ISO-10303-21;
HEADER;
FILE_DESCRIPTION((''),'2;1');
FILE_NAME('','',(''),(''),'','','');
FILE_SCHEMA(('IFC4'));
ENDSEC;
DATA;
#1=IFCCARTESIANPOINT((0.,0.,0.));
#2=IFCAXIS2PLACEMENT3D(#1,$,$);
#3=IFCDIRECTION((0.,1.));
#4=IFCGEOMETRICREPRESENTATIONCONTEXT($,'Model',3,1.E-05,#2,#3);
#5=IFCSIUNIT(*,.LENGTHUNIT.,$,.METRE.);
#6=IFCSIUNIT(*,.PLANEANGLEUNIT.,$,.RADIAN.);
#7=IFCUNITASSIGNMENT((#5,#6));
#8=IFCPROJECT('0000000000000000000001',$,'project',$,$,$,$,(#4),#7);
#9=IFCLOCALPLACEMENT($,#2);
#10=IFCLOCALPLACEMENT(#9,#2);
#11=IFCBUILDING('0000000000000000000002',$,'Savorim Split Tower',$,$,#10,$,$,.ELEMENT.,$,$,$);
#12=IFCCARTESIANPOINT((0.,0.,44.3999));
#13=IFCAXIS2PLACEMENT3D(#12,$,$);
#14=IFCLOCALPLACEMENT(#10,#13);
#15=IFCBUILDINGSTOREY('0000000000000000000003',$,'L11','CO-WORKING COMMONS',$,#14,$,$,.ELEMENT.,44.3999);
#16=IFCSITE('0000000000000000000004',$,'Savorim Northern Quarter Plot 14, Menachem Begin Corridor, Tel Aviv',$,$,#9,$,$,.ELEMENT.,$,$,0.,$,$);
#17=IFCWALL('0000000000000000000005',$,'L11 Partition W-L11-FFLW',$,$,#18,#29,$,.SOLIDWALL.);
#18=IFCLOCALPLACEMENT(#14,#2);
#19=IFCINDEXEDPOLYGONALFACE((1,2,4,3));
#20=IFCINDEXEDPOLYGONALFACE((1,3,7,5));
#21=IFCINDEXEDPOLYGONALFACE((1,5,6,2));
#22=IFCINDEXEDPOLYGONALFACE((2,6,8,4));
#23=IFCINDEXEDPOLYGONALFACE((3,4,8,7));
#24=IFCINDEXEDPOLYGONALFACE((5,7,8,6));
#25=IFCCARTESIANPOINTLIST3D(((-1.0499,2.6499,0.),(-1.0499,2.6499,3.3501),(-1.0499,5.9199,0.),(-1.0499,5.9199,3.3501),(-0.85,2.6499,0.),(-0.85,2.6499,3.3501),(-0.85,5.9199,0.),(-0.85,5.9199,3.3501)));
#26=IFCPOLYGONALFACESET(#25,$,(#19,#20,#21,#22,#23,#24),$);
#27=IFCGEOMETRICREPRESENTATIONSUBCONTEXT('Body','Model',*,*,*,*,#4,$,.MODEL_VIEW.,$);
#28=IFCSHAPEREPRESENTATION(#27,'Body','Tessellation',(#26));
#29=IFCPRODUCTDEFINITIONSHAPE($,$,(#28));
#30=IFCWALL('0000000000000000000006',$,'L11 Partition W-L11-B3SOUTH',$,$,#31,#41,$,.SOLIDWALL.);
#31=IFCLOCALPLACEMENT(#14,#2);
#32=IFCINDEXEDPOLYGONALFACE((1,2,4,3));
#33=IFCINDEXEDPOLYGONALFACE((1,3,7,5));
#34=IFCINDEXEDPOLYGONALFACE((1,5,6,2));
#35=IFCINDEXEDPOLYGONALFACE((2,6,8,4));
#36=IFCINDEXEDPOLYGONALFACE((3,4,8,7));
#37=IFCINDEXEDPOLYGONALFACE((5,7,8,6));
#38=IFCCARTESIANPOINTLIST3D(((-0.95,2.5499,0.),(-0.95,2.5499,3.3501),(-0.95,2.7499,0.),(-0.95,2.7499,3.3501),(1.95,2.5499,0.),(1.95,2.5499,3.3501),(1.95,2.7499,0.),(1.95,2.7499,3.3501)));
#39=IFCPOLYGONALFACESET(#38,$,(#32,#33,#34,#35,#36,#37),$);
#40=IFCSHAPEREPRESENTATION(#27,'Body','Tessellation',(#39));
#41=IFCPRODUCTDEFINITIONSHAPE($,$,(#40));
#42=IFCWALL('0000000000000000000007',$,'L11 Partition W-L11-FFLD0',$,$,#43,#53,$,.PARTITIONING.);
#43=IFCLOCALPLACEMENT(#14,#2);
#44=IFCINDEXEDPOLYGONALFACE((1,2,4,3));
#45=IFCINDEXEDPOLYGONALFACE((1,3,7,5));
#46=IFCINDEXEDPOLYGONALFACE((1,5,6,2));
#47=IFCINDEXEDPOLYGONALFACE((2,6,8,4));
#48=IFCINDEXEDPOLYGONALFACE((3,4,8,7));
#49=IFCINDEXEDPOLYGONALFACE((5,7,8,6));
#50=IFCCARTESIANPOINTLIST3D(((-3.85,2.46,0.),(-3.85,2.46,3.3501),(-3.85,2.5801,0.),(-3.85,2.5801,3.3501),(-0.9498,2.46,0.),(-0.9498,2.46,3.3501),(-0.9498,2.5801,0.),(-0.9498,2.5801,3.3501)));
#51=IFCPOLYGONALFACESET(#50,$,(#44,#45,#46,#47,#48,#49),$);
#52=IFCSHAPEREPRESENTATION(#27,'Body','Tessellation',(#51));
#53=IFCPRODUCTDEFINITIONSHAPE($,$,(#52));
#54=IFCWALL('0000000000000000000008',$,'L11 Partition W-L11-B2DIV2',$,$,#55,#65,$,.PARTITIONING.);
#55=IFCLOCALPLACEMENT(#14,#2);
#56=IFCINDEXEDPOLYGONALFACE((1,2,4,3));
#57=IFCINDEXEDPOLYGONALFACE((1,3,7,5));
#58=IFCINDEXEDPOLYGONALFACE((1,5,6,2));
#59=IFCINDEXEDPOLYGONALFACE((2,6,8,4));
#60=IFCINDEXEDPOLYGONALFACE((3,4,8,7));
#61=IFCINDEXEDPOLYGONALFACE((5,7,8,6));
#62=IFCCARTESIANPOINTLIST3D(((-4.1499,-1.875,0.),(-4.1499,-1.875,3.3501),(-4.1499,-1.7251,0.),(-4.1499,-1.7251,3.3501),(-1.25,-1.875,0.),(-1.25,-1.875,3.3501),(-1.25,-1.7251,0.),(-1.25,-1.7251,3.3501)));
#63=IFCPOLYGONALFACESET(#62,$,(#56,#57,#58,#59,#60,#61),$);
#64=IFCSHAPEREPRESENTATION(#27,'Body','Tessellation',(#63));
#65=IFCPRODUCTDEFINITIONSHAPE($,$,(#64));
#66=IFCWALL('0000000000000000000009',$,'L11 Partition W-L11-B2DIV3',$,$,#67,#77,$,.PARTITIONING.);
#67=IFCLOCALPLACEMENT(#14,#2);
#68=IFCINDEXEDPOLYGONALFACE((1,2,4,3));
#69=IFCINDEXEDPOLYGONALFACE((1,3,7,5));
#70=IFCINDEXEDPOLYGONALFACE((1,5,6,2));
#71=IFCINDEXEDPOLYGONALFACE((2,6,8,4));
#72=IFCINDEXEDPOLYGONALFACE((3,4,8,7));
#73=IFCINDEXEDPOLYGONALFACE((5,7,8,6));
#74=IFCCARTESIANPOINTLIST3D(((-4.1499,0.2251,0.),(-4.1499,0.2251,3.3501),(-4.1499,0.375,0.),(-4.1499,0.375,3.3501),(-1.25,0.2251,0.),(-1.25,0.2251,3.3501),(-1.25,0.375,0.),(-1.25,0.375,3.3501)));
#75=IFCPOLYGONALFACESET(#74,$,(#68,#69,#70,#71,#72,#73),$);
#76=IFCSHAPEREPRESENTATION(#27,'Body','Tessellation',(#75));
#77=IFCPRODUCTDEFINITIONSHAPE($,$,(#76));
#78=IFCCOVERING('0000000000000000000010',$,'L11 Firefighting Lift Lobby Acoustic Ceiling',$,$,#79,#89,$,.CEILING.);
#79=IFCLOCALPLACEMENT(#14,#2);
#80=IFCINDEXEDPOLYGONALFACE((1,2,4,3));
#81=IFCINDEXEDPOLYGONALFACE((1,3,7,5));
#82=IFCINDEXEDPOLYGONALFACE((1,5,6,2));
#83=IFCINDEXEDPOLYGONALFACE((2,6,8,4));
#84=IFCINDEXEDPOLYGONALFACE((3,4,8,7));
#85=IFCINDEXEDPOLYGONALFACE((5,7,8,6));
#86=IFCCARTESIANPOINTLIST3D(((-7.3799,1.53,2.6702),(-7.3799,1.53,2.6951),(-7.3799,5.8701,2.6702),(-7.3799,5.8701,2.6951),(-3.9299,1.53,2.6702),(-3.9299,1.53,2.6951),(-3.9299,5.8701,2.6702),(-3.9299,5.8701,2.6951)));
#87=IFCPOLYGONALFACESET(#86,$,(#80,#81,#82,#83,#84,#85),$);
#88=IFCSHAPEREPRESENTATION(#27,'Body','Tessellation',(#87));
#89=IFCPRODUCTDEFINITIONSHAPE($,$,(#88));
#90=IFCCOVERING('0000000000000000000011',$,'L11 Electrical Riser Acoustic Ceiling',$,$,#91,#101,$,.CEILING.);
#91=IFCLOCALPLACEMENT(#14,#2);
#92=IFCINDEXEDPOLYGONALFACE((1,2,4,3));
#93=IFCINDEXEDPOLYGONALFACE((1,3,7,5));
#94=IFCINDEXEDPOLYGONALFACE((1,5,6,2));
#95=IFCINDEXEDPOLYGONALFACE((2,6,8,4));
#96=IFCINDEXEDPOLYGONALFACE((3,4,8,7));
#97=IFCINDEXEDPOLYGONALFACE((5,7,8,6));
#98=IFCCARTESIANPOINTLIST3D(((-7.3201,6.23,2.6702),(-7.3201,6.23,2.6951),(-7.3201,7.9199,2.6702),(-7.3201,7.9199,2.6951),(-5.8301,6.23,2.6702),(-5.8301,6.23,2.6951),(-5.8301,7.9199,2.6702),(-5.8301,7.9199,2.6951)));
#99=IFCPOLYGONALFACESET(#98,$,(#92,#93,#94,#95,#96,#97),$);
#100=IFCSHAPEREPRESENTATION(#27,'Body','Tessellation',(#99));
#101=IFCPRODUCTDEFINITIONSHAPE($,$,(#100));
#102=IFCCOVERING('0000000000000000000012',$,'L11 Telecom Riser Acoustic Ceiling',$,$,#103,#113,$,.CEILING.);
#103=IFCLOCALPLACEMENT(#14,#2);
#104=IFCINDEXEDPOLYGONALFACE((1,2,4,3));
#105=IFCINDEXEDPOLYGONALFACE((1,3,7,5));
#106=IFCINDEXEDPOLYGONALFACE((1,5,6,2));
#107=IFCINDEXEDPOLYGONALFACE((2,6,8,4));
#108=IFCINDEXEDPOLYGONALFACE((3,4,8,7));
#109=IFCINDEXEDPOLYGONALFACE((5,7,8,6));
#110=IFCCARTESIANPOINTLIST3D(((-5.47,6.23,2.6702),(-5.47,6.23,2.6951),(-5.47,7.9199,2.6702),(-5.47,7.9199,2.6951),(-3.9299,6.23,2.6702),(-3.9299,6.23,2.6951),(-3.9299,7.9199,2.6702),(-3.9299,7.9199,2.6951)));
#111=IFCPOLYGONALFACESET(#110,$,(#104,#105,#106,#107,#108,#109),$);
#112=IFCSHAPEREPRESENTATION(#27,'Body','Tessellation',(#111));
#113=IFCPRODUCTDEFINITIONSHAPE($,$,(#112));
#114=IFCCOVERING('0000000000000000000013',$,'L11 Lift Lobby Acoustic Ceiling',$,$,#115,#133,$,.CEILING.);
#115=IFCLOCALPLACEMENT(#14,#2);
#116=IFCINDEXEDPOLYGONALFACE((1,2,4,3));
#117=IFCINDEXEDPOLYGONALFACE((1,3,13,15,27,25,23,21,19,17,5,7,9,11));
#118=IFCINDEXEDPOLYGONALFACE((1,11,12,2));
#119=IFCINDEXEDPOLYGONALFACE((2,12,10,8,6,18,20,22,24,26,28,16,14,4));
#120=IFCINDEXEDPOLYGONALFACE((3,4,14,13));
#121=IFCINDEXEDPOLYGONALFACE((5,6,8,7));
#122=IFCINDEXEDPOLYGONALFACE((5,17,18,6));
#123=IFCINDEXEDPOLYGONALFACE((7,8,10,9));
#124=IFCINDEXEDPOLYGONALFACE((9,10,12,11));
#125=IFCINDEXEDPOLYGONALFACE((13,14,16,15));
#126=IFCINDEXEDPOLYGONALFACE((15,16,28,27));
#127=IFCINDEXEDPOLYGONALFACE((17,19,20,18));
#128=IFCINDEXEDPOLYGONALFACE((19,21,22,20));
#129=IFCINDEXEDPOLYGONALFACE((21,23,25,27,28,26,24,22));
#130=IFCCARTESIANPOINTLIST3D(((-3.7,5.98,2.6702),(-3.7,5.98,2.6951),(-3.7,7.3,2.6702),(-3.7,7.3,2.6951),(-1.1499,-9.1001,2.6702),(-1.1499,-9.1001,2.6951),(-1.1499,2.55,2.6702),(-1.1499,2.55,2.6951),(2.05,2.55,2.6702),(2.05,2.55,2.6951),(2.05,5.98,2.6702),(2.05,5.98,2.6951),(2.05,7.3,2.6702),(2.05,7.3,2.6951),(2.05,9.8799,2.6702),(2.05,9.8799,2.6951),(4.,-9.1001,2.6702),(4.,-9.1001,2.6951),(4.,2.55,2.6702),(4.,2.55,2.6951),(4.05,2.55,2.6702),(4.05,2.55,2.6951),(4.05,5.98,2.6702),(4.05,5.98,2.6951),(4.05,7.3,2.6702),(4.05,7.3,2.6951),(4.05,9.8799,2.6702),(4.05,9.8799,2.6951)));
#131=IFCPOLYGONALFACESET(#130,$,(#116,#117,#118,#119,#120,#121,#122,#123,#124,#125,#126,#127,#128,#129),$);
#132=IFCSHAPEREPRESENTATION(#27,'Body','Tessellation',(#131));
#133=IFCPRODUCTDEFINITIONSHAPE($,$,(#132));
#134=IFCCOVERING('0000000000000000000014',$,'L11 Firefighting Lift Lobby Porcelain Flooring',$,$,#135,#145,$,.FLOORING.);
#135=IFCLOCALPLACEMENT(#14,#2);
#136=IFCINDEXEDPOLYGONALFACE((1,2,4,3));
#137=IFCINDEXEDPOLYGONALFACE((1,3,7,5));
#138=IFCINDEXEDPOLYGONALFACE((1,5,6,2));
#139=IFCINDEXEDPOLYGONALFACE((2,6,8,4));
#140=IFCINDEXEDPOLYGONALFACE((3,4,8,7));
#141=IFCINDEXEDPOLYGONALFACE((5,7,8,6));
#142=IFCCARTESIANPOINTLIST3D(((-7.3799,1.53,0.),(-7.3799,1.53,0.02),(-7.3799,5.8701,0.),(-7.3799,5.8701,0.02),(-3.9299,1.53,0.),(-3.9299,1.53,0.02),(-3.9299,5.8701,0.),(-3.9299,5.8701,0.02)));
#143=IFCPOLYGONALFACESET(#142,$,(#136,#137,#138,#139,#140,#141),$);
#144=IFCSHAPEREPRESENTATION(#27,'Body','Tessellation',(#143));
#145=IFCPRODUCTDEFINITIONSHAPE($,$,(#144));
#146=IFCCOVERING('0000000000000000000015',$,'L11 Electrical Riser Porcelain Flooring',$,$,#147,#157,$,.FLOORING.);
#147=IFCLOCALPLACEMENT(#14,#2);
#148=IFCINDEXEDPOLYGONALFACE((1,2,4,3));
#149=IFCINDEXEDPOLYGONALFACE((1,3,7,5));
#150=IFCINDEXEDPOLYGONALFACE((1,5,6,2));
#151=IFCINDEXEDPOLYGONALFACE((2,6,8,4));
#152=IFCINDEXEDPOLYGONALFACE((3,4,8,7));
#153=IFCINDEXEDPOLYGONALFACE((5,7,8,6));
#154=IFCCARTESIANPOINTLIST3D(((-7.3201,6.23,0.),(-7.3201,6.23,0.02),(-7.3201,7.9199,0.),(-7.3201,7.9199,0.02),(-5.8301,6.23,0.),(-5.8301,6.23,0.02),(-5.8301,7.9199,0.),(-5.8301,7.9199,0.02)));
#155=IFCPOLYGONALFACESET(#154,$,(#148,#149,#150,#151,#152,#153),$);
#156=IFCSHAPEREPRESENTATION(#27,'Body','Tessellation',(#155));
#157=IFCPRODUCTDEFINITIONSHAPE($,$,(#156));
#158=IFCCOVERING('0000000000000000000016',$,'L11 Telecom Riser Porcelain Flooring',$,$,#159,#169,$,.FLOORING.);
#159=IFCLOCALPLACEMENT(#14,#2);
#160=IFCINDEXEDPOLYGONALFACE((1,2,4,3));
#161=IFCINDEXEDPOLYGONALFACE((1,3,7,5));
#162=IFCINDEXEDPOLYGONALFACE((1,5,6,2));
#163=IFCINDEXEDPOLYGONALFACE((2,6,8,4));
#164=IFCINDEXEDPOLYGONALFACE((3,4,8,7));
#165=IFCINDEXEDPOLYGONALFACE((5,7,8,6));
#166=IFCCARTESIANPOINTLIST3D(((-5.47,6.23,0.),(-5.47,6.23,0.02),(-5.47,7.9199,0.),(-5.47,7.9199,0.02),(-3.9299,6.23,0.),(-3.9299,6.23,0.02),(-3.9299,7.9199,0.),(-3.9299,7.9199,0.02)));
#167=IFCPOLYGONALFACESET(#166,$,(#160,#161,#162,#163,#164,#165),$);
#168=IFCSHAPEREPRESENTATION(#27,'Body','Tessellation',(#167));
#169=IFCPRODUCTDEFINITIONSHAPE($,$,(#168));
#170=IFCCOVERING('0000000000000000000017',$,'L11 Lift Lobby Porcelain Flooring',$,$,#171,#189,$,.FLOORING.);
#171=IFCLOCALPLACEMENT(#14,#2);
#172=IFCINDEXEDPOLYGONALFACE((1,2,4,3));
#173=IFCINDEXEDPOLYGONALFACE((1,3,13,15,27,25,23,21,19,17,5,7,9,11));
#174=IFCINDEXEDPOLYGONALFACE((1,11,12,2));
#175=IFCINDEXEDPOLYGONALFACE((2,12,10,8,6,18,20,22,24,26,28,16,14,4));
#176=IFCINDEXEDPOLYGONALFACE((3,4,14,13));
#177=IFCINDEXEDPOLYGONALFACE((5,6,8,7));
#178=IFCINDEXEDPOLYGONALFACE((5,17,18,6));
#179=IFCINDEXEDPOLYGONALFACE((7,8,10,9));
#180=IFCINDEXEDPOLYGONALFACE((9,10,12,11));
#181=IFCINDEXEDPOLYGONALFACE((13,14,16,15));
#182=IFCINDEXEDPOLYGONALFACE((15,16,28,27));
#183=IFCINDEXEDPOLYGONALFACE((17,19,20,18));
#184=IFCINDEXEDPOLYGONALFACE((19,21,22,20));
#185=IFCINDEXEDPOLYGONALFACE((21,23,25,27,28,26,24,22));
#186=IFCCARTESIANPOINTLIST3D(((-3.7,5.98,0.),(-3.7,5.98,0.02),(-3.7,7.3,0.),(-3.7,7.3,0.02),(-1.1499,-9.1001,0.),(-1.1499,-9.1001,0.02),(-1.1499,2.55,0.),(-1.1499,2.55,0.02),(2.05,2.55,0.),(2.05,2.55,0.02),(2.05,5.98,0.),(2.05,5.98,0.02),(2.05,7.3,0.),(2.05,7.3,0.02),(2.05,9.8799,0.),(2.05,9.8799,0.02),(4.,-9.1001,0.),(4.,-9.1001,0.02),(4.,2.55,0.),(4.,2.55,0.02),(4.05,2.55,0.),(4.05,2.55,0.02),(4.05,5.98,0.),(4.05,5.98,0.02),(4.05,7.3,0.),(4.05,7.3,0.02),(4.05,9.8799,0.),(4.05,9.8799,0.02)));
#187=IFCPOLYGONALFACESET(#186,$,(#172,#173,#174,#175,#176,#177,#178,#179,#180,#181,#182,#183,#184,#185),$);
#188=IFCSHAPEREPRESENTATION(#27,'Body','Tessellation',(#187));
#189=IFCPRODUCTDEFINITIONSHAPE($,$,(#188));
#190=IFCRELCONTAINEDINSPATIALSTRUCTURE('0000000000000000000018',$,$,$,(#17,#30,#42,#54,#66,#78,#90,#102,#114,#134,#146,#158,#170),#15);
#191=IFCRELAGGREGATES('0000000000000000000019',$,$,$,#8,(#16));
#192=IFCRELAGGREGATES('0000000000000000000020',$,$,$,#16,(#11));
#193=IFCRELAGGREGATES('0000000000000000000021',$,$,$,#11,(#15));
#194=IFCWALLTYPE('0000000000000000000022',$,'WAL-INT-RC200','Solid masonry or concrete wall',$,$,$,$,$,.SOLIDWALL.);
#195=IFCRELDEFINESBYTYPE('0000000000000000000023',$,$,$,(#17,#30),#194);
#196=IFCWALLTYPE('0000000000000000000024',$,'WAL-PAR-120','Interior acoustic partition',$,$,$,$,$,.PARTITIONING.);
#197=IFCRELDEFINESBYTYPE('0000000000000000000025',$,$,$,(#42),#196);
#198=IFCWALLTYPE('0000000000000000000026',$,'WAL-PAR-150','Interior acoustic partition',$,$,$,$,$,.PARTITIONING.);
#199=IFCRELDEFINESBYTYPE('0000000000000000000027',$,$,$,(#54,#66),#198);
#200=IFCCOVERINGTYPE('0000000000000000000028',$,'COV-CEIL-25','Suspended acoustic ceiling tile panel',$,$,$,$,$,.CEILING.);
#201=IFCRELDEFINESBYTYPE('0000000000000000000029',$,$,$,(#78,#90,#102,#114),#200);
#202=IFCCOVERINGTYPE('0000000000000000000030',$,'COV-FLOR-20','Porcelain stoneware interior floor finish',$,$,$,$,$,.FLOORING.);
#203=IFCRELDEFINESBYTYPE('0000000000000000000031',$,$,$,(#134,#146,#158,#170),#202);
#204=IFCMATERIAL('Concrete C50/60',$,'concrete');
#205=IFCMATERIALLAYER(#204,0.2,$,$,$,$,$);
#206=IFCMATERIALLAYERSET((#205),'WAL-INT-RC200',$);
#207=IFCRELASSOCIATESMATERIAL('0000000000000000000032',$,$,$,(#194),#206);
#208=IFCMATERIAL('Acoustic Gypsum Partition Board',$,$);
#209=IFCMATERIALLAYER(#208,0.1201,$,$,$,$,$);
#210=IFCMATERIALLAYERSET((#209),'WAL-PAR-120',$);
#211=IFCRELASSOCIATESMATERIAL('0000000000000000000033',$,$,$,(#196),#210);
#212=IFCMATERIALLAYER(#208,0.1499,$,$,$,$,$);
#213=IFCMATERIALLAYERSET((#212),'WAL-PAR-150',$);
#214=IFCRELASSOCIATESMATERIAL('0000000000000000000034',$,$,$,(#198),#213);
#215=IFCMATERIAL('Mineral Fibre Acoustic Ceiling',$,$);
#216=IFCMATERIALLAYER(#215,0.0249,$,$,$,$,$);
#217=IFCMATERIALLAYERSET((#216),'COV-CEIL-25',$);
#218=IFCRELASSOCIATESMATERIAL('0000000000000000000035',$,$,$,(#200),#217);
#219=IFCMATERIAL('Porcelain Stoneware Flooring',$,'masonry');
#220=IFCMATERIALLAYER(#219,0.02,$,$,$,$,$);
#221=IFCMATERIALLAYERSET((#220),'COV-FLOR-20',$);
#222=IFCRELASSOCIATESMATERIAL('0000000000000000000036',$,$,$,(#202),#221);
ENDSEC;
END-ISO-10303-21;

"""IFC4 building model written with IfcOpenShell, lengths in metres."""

from ifc_helpers import new_model, si_unit, direction, frame, frame_2d, origin, place, context, subcontext, project, spatial, polyline, rectangle, outline, extrude, material, layer, layer_set, type_object, element, save


model = new_model("IFC4")

# Units and contexts
model_context = context("Model", 3, precision=1e-05, world=origin(), true_north=direction((0.0, 1.0)))
body_context = subcontext(model_context, "Body", "Model", "MODEL_VIEW")
ifc_project = project(units=[si_unit("LENGTHUNIT", "METRE"), si_unit("PLANEANGLEUNIT", "RADIAN")], contexts=[model_context])

# Site, building, storey
site_placement = place(None, origin())
site = spatial("IfcSite", under=ifc_project, at=site_placement, Name="Savorim Northern Quarter Plot 14, Menachem Begin Corridor, Tel Aviv", CompositionType="ELEMENT", RefElevation=0.0)
building_placement = place(site_placement, origin())
building = spatial("IfcBuilding", under=site, at=building_placement, Name="Savorim Split Tower", CompositionType="ELEMENT")
storey_placement = place(building_placement, frame((0.0, 0.0, 44.3999)))
storey = spatial("IfcBuildingStorey", under=building, at=storey_placement, Name="L11", Description="CO-WORKING COMMONS", CompositionType="ELEMENT", Elevation=44.3999)

# Shared definitions
ifc_material_1 = material(Name="Concrete C50/60", Category="concrete")

# Shared definitions
ifc_layer_1 = layer(ifc_material_1, 0.2)
ifc_layer_set_1 = layer_set([ifc_layer_1], Name="WAL-INT-RC200")
wall_type_1 = type_object("IfcWallType", Name="WAL-INT-RC200", Description="Solid masonry or concrete wall", PredefinedType="SOLIDWALL", material=ifc_layer_set_1)

# Walls
wall_1_placement = place(storey_placement, frame((-0.95, 2.6499, 0.0), z_axis=(0.0, 0.0, 1.0), x_axis=(0.0, 1.0, 0.0)))
element("IfcWall", 1, at=wall_1_placement, inside=storey, type_object=wall_type_1, Name="L11 Partition W-L11-FFLW", PredefinedType="SOLIDWALL", context=body_context, shape_type="SweptSolid", body=[
    extrude(rectangle(XDim=3.27, YDim=0.2, at=frame_2d((1.635, 0.0))), origin(), (0.0, 0.0, 1.0), 3.3501),
])
wall_2_placement = place(storey_placement, frame((-0.95, 2.6499, 0.0), z_axis=(0.0, 0.0, 1.0), x_axis=(1.0, 0.0, 0.0)))
element("IfcWall", 2, at=wall_2_placement, inside=storey, type_object=wall_type_1, Name="L11 Partition W-L11-B3SOUTH", PredefinedType="SOLIDWALL", context=body_context, shape_type="SweptSolid", body=[
    extrude(rectangle(XDim=2.8999, YDim=0.2, at=frame_2d((1.45, 0.0))), origin(), (0.0, 0.0, 1.0), 3.3501),
])
ifc_material_2 = material(Name="Acoustic Gypsum Partition Board")
ifc_layer_2 = layer(ifc_material_2, 0.1201)
ifc_layer_set_2 = layer_set([ifc_layer_2], Name="WAL-PAR-120")
wall_type_2 = type_object("IfcWallType", Name="WAL-PAR-120", Description="Interior acoustic partition", PredefinedType="PARTITIONING", material=ifc_layer_set_2)
wall_3_placement = place(storey_placement, frame((-3.8501, 2.52, 0.0), z_axis=(0.0, 0.0, 1.0), x_axis=(1.0, 0.0, 0.0)))
element("IfcWall", 3, at=wall_3_placement, inside=storey, type_object=wall_type_2, Name="L11 Partition W-L11-FFLD0", PredefinedType="PARTITIONING", context=body_context, shape_type="SweptSolid", body=[
    extrude(rectangle(XDim=2.9001, YDim=0.1201, at=frame_2d((1.4502, 0.0))), origin(), (0.0, 0.0, 1.0), 3.3501),
])
ifc_layer_3 = layer(ifc_material_2, 0.1499)
ifc_layer_set_3 = layer_set([ifc_layer_3], Name="WAL-PAR-150")
wall_type_3 = type_object("IfcWallType", Name="WAL-PAR-150", Description="Interior acoustic partition", PredefinedType="PARTITIONING", material=ifc_layer_set_3)
for number, where, z_axis, x_axis, name in (
    (4, (-4.1499, -1.8, 0.0), (0.0, 0.0, 1.0), (1.0, 0.0, 0.0), "L11 Partition W-L11-B2DIV2"),
    (5, (-4.1499, 0.3, 0.0), (0.0, 0.0, 1.0), (1.0, 0.0, 0.0), "L11 Partition W-L11-B2DIV3"),
):
    element("IfcWall", number, at=place(storey_placement, frame(where, z_axis=z_axis, x_axis=x_axis)), inside=storey, type_object=wall_type_3, Name=name, PredefinedType="PARTITIONING", context=body_context, shape_type="SweptSolid", body=[
        extrude(rectangle(XDim=2.8999, YDim=0.1499, at=frame_2d((1.45, 0.0))), origin(), (0.0, 0.0, 1.0), 3.3501),
    ])

# Coverings
ifc_material_3 = material(Name="Mineral Fibre Acoustic Ceiling")
ifc_layer_4 = layer(ifc_material_3, 0.0249)
ifc_layer_set_4 = layer_set([ifc_layer_4], Name="COV-CEIL-25")
covering_type_1 = type_object("IfcCoveringType", Name="COV-CEIL-25", Description="Suspended acoustic ceiling tile panel", PredefinedType="CEILING", material=ifc_layer_set_4)
covering_1_placement = place(storey_placement, frame((0.0, 0.0, 2.6702)))
element("IfcCovering", 6, at=covering_1_placement, inside=storey, type_object=covering_type_1, Name="L11 Firefighting Lift Lobby Acoustic Ceiling", PredefinedType="CEILING", context=body_context, shape_type="SweptSolid", body=[
    extrude(outline(polyline([(-7.3799, 5.8701), (-7.3799, 1.53), (-3.9299, 1.53), (-3.9299, 5.8701), (-7.3799, 5.8701)])), origin(), (0.0, 0.0, 1.0), 0.0249),
])
covering_2_placement = place(storey_placement, frame((0.0, 0.0, 2.6702)))
element("IfcCovering", 7, at=covering_2_placement, inside=storey, type_object=covering_type_1, Name="L11 Electrical Riser Acoustic Ceiling", PredefinedType="CEILING", context=body_context, shape_type="SweptSolid", body=[
    extrude(outline(polyline([(-7.3201, 7.9199), (-7.3201, 6.23), (-5.8301, 6.23), (-5.8301, 7.9199), (-7.3201, 7.9199)])), origin(), (0.0, 0.0, 1.0), 0.0249),
])
covering_3_placement = place(storey_placement, frame((0.0, 0.0, 2.6702)))
element("IfcCovering", 8, at=covering_3_placement, inside=storey, type_object=covering_type_1, Name="L11 Telecom Riser Acoustic Ceiling", PredefinedType="CEILING", context=body_context, shape_type="SweptSolid", body=[
    extrude(outline(polyline([(-5.47, 7.9199), (-5.47, 6.23), (-3.9299, 6.23), (-3.9299, 7.9199), (-5.47, 7.9199)])), origin(), (0.0, 0.0, 1.0), 0.0249),
])
covering_4_placement = place(storey_placement, frame((0.0, 0.0, 2.6702)))
element("IfcCovering", 9, at=covering_4_placement, inside=storey, type_object=covering_type_1, Name="L11 Lift Lobby Acoustic Ceiling", PredefinedType="CEILING", context=body_context, shape_type="SweptSolid", body=[
    extrude(outline(polyline([(2.05, 2.55), (-1.1499, 2.55), (-1.1499, -9.1001), (4.0, -9.1001), (4.0, 2.55), (4.05, 2.55), (4.05, 5.98), (4.05, 7.3), (4.05, 9.8799), (2.05, 9.8799), (2.05, 7.3), (-3.7, 7.3), (-3.7, 5.98), (2.05, 5.98), (2.05, 2.55)])), origin(), (0.0, 0.0, 1.0), 0.0249),
])
ifc_material_4 = material(Name="Porcelain Stoneware Flooring", Category="masonry")
ifc_layer_5 = layer(ifc_material_4, 0.02)
ifc_layer_set_5 = layer_set([ifc_layer_5], Name="COV-FLOR-20")
covering_type_2 = type_object("IfcCoveringType", Name="COV-FLOR-20", Description="Porcelain stoneware interior floor finish", PredefinedType="FLOORING", material=ifc_layer_set_5)
covering_5_placement = place(storey_placement, origin())
element("IfcCovering", 10, at=covering_5_placement, inside=storey, type_object=covering_type_2, Name="L11 Firefighting Lift Lobby Porcelain Flooring", PredefinedType="FLOORING", context=body_context, shape_type="SweptSolid", body=[
    extrude(outline(polyline([(-7.3799, 5.8701), (-7.3799, 1.53), (-3.9299, 1.53), (-3.9299, 5.8701), (-7.3799, 5.8701)])), origin(), (0.0, 0.0, 1.0), 0.02),
])
covering_6_placement = place(storey_placement, origin())
element("IfcCovering", 11, at=covering_6_placement, inside=storey, type_object=covering_type_2, Name="L11 Electrical Riser Porcelain Flooring", PredefinedType="FLOORING", context=body_context, shape_type="SweptSolid", body=[
    extrude(outline(polyline([(-7.3201, 7.9199), (-7.3201, 6.23), (-5.8301, 6.23), (-5.8301, 7.9199), (-7.3201, 7.9199)])), origin(), (0.0, 0.0, 1.0), 0.02),
])
covering_7_placement = place(storey_placement, origin())
element("IfcCovering", 12, at=covering_7_placement, inside=storey, type_object=covering_type_2, Name="L11 Telecom Riser Porcelain Flooring", PredefinedType="FLOORING", context=body_context, shape_type="SweptSolid", body=[
    extrude(outline(polyline([(-5.47, 7.9199), (-5.47, 6.23), (-3.9299, 6.23), (-3.9299, 7.9199), (-5.47, 7.9199)])), origin(), (0.0, 0.0, 1.0), 0.02),
])
covering_8_placement = place(storey_placement, origin())
element("IfcCovering", 13, at=covering_8_placement, inside=storey, type_object=covering_type_2, Name="L11 Lift Lobby Porcelain Flooring", PredefinedType="FLOORING", context=body_context, shape_type="SweptSolid", body=[
    extrude(outline(polyline([(2.05, 2.55), (-1.1499, 2.55), (-1.1499, -9.1001), (4.0, -9.1001), (4.0, 2.55), (4.05, 2.55), (4.05, 5.98), (4.05, 7.3), (4.05, 9.8799), (2.05, 9.8799), (2.05, 7.3), (-3.7, 7.3), (-3.7, 5.98), (2.05, 5.98), (2.05, 2.55)])), origin(), (0.0, 0.0, 1.0), 0.02),
])

save(model, "model.ifc")
